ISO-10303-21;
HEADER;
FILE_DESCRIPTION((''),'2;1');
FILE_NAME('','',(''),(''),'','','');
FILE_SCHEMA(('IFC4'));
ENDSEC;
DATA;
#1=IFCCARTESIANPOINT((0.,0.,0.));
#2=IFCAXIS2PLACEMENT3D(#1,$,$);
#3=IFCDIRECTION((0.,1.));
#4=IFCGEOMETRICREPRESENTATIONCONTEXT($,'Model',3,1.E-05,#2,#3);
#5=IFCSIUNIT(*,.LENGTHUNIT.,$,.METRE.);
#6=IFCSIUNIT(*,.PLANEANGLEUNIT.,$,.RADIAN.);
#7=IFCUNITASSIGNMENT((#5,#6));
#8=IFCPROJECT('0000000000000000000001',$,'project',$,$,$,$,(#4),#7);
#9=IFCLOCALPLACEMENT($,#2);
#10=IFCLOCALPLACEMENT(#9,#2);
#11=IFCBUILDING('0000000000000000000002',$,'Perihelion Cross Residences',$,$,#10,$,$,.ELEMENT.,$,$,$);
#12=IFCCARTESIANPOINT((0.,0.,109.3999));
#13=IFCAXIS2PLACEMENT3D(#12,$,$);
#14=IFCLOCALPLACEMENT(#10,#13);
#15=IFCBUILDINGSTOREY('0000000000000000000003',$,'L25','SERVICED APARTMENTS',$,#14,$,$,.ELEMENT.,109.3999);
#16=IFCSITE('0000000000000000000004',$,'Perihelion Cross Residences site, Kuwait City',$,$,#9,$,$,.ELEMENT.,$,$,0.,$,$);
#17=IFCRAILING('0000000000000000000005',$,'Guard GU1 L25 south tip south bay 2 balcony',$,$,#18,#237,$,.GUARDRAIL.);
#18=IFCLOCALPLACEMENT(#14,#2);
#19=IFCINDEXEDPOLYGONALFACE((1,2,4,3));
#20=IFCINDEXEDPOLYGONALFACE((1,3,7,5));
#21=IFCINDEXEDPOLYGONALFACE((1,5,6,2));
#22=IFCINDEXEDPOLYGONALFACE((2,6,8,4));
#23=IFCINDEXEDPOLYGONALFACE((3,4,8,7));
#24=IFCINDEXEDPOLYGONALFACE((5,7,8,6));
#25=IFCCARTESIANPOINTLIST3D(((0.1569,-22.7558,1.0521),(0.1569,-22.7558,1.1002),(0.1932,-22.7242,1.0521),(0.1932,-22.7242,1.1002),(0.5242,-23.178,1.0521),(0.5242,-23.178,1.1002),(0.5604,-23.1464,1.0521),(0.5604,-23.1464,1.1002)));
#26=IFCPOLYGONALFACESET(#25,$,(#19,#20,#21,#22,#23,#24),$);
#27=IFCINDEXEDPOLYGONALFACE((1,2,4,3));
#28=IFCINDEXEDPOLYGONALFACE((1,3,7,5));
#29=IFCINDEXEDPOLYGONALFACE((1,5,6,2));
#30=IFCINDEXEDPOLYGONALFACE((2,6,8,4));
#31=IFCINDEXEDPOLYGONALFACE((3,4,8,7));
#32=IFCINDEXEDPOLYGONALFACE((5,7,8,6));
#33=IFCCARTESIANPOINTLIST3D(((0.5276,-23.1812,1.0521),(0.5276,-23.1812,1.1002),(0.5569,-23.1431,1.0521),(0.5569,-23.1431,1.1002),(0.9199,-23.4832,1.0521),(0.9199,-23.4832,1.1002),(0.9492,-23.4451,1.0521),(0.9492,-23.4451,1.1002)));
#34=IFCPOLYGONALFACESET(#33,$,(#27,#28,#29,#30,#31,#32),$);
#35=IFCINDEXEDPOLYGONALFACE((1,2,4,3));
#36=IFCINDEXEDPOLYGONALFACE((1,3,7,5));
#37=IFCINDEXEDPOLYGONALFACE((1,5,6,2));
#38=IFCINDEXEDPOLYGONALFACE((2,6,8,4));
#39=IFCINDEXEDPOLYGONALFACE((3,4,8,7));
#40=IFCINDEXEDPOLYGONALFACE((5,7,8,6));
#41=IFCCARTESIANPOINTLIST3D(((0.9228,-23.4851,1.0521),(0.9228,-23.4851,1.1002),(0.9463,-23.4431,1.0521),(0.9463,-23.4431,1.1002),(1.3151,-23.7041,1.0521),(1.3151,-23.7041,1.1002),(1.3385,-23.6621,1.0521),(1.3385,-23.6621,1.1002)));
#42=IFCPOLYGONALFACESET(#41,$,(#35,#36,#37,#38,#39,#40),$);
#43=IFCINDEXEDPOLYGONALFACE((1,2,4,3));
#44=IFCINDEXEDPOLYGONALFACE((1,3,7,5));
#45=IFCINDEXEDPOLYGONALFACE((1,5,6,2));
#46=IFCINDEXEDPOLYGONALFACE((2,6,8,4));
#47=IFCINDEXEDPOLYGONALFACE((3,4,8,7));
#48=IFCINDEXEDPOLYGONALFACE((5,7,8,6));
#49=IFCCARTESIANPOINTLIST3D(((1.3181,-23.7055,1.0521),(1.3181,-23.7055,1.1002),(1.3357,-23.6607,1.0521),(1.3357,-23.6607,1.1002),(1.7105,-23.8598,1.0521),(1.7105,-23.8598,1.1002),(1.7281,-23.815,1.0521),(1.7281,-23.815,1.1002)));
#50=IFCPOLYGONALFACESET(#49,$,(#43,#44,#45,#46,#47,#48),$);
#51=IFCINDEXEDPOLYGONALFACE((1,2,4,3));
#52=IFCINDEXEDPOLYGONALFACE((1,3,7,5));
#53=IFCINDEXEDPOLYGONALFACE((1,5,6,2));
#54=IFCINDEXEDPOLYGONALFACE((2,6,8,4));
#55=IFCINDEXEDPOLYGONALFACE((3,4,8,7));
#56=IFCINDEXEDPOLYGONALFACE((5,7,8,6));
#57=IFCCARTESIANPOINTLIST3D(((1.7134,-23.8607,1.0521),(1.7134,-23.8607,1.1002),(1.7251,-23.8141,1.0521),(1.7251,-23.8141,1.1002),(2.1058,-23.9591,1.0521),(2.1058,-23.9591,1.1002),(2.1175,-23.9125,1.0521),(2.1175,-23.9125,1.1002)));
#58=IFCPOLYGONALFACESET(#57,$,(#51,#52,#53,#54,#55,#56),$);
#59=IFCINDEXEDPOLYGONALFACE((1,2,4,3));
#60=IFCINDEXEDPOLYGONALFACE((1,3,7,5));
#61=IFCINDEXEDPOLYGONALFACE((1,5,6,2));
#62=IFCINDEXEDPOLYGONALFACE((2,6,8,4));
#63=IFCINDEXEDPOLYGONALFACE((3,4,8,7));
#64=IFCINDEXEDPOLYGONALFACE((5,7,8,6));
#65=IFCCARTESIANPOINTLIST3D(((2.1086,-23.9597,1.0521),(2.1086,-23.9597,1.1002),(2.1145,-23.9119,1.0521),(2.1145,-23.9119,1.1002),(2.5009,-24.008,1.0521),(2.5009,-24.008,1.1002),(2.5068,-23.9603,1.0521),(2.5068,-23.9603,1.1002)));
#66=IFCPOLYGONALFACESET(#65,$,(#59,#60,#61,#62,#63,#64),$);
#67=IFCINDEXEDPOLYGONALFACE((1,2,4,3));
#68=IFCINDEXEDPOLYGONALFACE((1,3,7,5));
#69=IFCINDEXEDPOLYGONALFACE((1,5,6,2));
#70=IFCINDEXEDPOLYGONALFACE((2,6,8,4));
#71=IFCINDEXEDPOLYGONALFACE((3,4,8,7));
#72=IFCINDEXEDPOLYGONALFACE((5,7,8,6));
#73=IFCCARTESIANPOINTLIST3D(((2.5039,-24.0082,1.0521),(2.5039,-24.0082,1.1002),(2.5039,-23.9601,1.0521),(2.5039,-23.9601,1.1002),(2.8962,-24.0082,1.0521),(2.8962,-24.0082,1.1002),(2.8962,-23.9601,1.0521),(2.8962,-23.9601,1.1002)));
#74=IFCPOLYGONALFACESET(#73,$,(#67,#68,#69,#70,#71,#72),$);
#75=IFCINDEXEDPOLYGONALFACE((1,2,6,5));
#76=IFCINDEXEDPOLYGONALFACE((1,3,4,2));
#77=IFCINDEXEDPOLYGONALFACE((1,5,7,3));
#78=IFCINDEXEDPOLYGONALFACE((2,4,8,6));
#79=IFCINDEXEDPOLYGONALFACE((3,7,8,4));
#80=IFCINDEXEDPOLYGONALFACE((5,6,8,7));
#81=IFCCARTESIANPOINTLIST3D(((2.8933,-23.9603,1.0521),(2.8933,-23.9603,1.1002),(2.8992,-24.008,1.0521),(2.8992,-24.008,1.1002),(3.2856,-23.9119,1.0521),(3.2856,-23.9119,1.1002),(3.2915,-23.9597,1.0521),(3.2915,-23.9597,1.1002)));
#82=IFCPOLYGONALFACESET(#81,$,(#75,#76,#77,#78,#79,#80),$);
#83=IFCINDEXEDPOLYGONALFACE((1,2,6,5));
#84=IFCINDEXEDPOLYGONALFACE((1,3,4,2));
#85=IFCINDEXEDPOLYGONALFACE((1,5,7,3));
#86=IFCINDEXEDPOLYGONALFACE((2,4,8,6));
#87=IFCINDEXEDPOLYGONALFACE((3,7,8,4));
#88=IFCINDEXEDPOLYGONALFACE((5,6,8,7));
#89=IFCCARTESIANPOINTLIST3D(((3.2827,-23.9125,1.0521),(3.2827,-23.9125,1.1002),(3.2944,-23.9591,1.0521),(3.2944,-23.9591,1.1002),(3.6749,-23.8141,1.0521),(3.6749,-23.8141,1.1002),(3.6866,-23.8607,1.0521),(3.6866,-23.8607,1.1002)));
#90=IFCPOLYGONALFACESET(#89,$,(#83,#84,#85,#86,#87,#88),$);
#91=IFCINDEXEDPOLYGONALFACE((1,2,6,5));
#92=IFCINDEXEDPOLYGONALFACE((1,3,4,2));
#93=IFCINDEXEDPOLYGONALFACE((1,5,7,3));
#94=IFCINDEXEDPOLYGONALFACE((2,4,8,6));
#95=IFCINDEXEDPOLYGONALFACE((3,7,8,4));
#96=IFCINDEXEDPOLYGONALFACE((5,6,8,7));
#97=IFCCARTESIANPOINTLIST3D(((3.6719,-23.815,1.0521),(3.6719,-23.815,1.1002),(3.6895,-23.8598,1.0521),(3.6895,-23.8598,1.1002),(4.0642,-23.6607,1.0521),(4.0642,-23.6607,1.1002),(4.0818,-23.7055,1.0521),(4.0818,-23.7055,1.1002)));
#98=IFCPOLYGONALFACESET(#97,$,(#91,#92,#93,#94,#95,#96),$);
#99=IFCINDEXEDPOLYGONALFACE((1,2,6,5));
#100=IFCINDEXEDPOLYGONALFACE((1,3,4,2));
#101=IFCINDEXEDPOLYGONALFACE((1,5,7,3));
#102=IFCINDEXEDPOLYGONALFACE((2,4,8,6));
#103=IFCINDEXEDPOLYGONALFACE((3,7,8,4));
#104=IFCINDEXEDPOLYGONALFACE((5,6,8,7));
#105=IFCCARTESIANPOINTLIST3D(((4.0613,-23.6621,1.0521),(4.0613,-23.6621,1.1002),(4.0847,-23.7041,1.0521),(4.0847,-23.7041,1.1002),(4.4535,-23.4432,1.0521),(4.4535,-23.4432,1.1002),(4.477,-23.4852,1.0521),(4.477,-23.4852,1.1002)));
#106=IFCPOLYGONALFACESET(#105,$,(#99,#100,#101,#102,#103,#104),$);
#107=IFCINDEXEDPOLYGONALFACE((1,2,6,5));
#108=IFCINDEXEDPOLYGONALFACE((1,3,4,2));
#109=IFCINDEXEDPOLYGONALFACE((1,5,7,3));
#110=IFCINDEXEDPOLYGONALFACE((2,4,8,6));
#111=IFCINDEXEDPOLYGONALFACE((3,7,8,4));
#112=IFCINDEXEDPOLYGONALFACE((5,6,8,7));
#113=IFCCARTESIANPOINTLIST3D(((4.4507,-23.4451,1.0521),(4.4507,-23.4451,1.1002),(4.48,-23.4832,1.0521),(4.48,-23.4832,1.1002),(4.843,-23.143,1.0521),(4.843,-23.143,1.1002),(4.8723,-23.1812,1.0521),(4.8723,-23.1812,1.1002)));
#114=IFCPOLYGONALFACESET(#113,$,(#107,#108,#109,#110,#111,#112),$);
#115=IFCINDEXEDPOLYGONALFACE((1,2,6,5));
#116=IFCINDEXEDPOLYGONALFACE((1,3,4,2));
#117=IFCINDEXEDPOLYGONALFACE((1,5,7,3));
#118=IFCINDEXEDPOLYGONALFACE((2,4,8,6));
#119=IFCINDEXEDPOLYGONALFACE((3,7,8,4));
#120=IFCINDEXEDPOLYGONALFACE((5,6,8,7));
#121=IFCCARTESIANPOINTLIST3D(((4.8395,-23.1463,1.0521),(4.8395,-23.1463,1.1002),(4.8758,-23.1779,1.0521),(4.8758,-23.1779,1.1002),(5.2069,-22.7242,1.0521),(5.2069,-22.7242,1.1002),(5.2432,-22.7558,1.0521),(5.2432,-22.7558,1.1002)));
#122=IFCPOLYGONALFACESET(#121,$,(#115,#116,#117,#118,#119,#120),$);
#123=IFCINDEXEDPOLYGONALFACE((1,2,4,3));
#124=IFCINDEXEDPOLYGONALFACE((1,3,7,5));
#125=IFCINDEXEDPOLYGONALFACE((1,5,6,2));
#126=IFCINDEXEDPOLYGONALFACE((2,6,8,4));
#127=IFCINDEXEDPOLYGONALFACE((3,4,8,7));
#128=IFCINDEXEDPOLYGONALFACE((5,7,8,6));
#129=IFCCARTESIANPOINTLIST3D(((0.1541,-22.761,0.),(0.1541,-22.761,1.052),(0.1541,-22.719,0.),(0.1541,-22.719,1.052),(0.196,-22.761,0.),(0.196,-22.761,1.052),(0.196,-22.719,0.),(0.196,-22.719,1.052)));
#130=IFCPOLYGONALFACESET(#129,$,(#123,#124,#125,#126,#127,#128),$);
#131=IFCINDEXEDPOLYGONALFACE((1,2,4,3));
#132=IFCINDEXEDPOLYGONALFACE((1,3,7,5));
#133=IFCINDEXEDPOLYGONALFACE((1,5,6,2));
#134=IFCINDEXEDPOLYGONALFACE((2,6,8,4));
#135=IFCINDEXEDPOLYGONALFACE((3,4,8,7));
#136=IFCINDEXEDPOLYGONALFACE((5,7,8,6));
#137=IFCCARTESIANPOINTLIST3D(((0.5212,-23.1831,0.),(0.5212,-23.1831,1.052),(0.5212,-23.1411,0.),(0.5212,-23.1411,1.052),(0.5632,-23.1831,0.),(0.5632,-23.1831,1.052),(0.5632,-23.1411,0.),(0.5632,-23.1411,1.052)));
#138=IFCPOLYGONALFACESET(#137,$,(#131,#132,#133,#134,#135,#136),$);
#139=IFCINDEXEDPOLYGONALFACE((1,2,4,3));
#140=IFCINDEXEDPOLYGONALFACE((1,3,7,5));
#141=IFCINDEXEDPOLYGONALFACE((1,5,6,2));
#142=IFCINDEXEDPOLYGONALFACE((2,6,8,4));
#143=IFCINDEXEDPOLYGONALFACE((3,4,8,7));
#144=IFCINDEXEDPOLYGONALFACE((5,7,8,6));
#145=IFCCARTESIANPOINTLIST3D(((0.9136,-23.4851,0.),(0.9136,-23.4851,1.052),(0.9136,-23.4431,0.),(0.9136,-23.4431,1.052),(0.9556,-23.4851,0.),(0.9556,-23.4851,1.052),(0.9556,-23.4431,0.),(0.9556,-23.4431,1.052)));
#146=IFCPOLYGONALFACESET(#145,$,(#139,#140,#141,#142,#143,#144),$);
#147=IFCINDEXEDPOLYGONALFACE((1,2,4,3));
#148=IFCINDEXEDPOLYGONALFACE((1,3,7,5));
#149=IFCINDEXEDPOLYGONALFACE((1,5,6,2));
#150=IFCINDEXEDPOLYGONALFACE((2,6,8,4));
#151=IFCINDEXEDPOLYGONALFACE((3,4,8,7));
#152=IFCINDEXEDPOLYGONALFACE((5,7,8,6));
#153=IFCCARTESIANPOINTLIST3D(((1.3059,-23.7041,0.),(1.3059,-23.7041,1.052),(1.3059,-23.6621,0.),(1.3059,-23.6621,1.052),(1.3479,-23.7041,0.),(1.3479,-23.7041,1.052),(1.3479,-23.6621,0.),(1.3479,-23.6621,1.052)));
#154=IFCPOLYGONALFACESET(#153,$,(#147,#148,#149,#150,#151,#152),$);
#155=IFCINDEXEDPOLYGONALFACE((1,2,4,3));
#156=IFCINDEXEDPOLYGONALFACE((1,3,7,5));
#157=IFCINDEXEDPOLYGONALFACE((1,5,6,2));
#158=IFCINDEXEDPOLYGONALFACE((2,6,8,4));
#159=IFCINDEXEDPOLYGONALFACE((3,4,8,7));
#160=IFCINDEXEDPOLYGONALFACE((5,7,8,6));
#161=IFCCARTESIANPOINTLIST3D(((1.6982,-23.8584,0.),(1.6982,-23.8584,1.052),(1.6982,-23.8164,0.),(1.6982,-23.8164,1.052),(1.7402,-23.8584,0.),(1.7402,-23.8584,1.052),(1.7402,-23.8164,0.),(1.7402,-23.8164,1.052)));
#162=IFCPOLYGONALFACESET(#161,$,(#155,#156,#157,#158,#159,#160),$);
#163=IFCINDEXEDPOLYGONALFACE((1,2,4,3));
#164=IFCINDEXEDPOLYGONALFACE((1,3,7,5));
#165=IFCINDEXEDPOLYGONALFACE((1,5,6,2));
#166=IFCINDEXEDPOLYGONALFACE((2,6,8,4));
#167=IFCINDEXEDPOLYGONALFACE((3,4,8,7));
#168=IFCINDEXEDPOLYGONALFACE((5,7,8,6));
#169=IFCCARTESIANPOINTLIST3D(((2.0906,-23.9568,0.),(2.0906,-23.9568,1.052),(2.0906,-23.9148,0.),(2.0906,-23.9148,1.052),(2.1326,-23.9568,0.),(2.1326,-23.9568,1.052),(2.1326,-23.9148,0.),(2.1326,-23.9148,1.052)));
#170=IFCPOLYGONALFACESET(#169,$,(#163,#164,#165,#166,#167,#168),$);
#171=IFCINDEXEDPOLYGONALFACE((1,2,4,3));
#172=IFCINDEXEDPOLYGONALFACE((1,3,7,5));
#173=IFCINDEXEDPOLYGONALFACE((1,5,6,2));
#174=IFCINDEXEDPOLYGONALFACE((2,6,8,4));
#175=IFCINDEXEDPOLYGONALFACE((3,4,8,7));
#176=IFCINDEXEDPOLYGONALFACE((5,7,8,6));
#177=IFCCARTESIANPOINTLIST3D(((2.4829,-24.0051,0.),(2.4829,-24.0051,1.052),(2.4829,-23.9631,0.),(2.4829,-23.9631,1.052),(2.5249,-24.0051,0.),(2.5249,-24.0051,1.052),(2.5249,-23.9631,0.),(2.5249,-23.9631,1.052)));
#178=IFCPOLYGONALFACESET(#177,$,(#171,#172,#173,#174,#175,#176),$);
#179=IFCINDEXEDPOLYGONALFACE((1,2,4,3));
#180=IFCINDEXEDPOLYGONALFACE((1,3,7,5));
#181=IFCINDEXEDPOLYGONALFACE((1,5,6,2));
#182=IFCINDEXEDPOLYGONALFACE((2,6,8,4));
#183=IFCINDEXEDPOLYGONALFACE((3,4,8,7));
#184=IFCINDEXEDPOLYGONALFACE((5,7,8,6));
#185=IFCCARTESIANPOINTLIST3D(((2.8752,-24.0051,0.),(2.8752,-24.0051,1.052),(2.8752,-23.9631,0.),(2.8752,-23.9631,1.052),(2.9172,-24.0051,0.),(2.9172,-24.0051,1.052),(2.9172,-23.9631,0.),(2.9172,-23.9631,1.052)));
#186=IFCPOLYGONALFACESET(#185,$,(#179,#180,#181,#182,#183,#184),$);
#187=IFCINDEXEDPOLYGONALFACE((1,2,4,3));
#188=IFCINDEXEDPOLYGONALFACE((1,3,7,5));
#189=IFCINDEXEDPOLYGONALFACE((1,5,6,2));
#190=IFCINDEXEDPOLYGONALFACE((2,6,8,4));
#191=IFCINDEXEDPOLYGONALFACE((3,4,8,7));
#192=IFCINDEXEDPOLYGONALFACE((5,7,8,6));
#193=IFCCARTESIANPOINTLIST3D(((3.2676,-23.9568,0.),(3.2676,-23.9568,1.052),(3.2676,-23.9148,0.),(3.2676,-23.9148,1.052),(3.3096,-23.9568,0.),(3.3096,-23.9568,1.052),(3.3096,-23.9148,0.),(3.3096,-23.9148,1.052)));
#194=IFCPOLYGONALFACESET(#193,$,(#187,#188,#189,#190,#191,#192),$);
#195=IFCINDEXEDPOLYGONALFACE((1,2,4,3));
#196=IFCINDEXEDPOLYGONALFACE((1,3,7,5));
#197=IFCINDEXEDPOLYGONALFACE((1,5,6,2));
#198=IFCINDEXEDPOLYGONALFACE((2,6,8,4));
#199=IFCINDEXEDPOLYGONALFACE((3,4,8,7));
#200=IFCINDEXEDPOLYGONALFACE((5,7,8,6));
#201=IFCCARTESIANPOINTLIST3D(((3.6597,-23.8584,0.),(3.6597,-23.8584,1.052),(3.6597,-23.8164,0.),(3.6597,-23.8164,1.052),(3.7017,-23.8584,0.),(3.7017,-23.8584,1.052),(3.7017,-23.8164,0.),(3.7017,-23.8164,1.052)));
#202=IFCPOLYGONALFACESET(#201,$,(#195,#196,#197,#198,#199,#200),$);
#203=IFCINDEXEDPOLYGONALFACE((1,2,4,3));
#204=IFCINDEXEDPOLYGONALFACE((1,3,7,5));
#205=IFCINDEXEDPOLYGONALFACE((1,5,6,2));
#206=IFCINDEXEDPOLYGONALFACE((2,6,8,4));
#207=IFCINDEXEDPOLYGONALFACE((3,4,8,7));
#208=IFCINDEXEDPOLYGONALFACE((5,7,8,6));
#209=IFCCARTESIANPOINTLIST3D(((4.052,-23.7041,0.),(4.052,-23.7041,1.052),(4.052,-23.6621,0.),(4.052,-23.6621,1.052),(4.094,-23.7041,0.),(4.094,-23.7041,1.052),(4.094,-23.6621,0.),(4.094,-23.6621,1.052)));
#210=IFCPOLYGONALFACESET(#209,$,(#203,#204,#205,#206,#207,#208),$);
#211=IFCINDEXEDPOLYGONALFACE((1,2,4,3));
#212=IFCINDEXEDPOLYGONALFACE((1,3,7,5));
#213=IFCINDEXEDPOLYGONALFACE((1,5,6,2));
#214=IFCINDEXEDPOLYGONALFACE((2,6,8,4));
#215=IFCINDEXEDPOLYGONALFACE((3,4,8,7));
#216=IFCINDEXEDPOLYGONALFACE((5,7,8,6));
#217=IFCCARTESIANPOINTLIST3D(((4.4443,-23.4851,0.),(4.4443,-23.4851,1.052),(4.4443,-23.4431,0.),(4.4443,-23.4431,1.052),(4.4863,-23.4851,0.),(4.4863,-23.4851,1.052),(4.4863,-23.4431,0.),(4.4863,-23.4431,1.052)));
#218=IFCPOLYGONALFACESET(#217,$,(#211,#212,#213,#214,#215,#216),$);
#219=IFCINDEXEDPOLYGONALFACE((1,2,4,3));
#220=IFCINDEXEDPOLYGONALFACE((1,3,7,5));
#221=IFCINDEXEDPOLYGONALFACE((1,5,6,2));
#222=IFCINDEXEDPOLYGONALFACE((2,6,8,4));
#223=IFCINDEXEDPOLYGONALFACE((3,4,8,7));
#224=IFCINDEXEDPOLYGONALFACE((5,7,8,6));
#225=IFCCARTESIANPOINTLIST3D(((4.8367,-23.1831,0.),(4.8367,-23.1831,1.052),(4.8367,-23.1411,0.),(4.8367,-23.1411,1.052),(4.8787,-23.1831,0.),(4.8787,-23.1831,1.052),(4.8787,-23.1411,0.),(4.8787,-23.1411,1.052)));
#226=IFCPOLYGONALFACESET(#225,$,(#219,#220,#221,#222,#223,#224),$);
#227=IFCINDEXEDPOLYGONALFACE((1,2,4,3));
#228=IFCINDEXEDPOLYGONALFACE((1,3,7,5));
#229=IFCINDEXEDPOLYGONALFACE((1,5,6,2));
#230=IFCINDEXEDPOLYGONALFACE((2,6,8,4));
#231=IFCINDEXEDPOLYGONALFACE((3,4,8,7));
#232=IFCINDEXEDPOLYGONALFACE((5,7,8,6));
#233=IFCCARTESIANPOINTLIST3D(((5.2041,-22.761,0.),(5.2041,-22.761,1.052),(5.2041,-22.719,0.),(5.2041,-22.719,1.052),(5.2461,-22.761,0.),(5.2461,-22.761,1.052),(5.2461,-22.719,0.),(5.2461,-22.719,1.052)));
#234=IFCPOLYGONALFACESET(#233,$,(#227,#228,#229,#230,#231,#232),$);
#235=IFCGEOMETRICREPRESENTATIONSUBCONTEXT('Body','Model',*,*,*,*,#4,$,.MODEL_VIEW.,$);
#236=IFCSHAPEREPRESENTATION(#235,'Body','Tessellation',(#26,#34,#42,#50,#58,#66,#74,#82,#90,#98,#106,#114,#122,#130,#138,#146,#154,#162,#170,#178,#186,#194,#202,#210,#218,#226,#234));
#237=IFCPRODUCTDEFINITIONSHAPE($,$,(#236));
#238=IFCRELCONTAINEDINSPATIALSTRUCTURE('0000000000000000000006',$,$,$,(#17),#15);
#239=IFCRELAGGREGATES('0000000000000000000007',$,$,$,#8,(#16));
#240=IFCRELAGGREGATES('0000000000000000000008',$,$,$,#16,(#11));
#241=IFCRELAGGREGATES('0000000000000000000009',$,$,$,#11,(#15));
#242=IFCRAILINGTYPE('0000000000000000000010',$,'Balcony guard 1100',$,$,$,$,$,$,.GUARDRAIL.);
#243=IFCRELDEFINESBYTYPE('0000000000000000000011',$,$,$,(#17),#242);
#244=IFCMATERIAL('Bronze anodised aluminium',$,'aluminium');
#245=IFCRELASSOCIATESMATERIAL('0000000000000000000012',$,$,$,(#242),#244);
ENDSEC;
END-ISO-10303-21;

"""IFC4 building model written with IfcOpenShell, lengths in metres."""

from ifc_helpers import new_model, si_unit, direction, frame, origin, origin_2d, place, context, subcontext, project, spatial, rectangle, extrude, material, type_object, element, save


model = new_model("IFC4")

# Units and contexts
model_context = context("Model", 3, precision=1e-05, world=origin(), true_north=direction((0.0, 1.0)))
body_context = subcontext(model_context, "Body", "Model", "MODEL_VIEW")
ifc_project = project(units=[si_unit("LENGTHUNIT", "METRE"), si_unit("PLANEANGLEUNIT", "RADIAN")], contexts=[model_context])

# Site, building, storey
site_placement = place(None, origin())
site = spatial("IfcSite", under=ifc_project, at=site_placement, Name="Perihelion Cross Residences site, Kuwait City", CompositionType="ELEMENT", RefElevation=0.0)
building_placement = place(site_placement, origin())
building = spatial("IfcBuilding", under=site, at=building_placement, Name="Perihelion Cross Residences", CompositionType="ELEMENT")
storey_placement = place(building_placement, frame((0.0, 0.0, 109.3999)))
storey = spatial("IfcBuildingStorey", under=building, at=storey_placement, Name="L25", Description="SERVICED APARTMENTS", CompositionType="ELEMENT", Elevation=109.3999)

# Railing
ifc_material_1 = material(Name="Bronze anodised aluminium", Category="aluminium")
railing_type = type_object("IfcRailingType", Name="Balcony guard 1100", PredefinedType="GUARDRAIL", material=ifc_material_1)
railing_placement = place(storey_placement, frame((0.175, -22.74, 0.0)))
element("IfcRailing", 1, at=railing_placement, inside=storey, type_object=railing_type, Name="Guard GU1 L25 south tip south bay 2 balcony", PredefinedType="GUARDRAIL", context=body_context, shape_type="SweptSolid", body=[
    extrude(rectangle(XDim=0.0481, YDim=0.0481, at=origin_2d()), frame((0.0, 0.0, 1.0762), z_axis=(0.656308, -0.754493, 0.0), x_axis=(0.754493, 0.656308, 0.0)), (0.0, 0.0, 1.0), 0.5596),
    extrude(rectangle(XDim=0.0481, YDim=0.0481, at=origin_2d()), frame((0.3672, -0.4221, 1.0762), z_axis=(0.792422, -0.609973, 0.0), x_axis=(0.609973, 0.792422, 0.0)), (0.0, 0.0, 1.0), 0.4951),
    extrude(rectangle(XDim=0.0481, YDim=0.0481, at=origin_2d()), frame((0.7595, -0.7241, 1.0762), z_axis=(0.873182, -0.487395, 0.0), x_axis=(0.487395, 0.873182, 0.0)), (0.0, 0.0, 1.0), 0.4492),
    extrude(rectangle(XDim=0.0481, YDim=0.0481, at=origin_2d()), frame((1.1519, -0.9431, 1.0762), z_axis=(0.930618, -0.365993, 0.0), x_axis=(0.365993, 0.930618, 0.0)), (0.0, 0.0, 1.0), 0.4216),
    extrude(rectangle(XDim=0.0481, YDim=0.0481, at=origin_2d()), frame((1.5442, -1.0974, 1.0762), z_axis=(0.969965, -0.243246, 0.0), x_axis=(0.243246, 0.969965, 0.0)), (0.0, 0.0, 1.0), 0.4045),
    extrude(rectangle(XDim=0.0481, YDim=0.0481, at=origin_2d()), frame((1.9365, -1.1958, 1.0762), z_axis=(0.992495, -0.122286, 0.0), x_axis=(0.122286, 0.992495, 0.0)), (0.0, 0.0, 1.0), 0.3953),
    extrude(rectangle(XDim=0.0481, YDim=0.0481, at=origin_2d()), frame((2.3289, -1.2441, 1.0762), z_axis=(1.0, 0.0, 0.0), x_axis=(0.0, 1.0, 0.0)), (0.0, 0.0, 1.0), 0.3923),
    extrude(rectangle(XDim=0.0481, YDim=0.0481, at=origin_2d()), frame((2.7212, -1.2441, 1.0762), z_axis=(0.992495, 0.122286, 0.0), x_axis=(-0.122286, 0.992495, 0.0)), (0.0, 0.0, 1.0), 0.3953),
    extrude(rectangle(XDim=0.0481, YDim=0.0481, at=origin_2d()), frame((3.1135, -1.1958, 1.0762), z_axis=(0.969929, 0.243388, 0.0), x_axis=(-0.243388, 0.969929, 0.0)), (0.0, 0.0, 1.0), 0.4043),
    extrude(rectangle(XDim=0.0481, YDim=0.0481, at=origin_2d()), frame((3.5056, -1.0974, 1.0762), z_axis=(0.930618, 0.365993, 0.0), x_axis=(-0.365993, 0.930618, 0.0)), (0.0, 0.0, 1.0), 0.4216),
    extrude(rectangle(XDim=0.0481, YDim=0.0481, at=origin_2d()), frame((3.8979, -0.9431, 1.0762), z_axis=(0.873182, 0.487395, 0.0), x_axis=(-0.487395, 0.873182, 0.0)), (0.0, 0.0, 1.0), 0.4492),
    extrude(rectangle(XDim=0.0481, YDim=0.0481, at=origin_2d()), frame((4.2903, -0.7241, 1.0762), z_axis=(0.792422, 0.609973, 0.0), x_axis=(-0.609973, 0.792422, 0.0)), (0.0, 0.0, 1.0), 0.4951),
    extrude(rectangle(XDim=0.0481, YDim=0.0481, at=origin_2d()), frame((4.6826, -0.4221, 1.0762), z_axis=(0.656557, 0.754277, 0.0), x_axis=(-0.754277, 0.656557, 0.0)), (0.0, 0.0, 1.0), 0.5596),
    extrude(rectangle(XDim=0.042, YDim=0.042, at=origin_2d()), origin(), (0.0, 0.0, 1.0), 1.052),
    extrude(rectangle(XDim=0.042, YDim=0.042, at=origin_2d()), frame((0.3672, -0.4221, 0.0)), (0.0, 0.0, 1.0), 1.052),
    extrude(rectangle(XDim=0.042, YDim=0.042, at=origin_2d()), frame((0.7595, -0.7241, 0.0)), (0.0, 0.0, 1.0), 1.052),
    extrude(rectangle(XDim=0.042, YDim=0.042, at=origin_2d()), frame((1.1519, -0.9431, 0.0)), (0.0, 0.0, 1.0), 1.052),
    extrude(rectangle(XDim=0.042, YDim=0.042, at=origin_2d()), frame((1.5442, -1.0974, 0.0)), (0.0, 0.0, 1.0), 1.052),
    extrude(rectangle(XDim=0.042, YDim=0.042, at=origin_2d()), frame((1.9365, -1.1958, 0.0)), (0.0, 0.0, 1.0), 1.052),
    extrude(rectangle(XDim=0.042, YDim=0.042, at=origin_2d()), frame((2.3289, -1.2441, 0.0)), (0.0, 0.0, 1.0), 1.052),
    extrude(rectangle(XDim=0.042, YDim=0.042, at=origin_2d()), frame((2.7212, -1.2441, 0.0)), (0.0, 0.0, 1.0), 1.052),
    extrude(rectangle(XDim=0.042, YDim=0.042, at=origin_2d()), frame((3.1135, -1.1958, 0.0)), (0.0, 0.0, 1.0), 1.052),
    extrude(rectangle(XDim=0.042, YDim=0.042, at=origin_2d()), frame((3.5056, -1.0974, 0.0)), (0.0, 0.0, 1.0), 1.052),
    extrude(rectangle(XDim=0.042, YDim=0.042, at=origin_2d()), frame((3.8979, -0.9431, 0.0)), (0.0, 0.0, 1.0), 1.052),
    extrude(rectangle(XDim=0.042, YDim=0.042, at=origin_2d()), frame((4.2903, -0.7241, 0.0)), (0.0, 0.0, 1.0), 1.052),
    extrude(rectangle(XDim=0.042, YDim=0.042, at=origin_2d()), frame((4.6826, -0.4221, 0.0)), (0.0, 0.0, 1.0), 1.052),
    extrude(rectangle(XDim=0.042, YDim=0.042, at=origin_2d()), frame((5.05, 0.0, 0.0)), (0.0, 0.0, 1.0), 1.052),
])

save(model, "model.ifc")
